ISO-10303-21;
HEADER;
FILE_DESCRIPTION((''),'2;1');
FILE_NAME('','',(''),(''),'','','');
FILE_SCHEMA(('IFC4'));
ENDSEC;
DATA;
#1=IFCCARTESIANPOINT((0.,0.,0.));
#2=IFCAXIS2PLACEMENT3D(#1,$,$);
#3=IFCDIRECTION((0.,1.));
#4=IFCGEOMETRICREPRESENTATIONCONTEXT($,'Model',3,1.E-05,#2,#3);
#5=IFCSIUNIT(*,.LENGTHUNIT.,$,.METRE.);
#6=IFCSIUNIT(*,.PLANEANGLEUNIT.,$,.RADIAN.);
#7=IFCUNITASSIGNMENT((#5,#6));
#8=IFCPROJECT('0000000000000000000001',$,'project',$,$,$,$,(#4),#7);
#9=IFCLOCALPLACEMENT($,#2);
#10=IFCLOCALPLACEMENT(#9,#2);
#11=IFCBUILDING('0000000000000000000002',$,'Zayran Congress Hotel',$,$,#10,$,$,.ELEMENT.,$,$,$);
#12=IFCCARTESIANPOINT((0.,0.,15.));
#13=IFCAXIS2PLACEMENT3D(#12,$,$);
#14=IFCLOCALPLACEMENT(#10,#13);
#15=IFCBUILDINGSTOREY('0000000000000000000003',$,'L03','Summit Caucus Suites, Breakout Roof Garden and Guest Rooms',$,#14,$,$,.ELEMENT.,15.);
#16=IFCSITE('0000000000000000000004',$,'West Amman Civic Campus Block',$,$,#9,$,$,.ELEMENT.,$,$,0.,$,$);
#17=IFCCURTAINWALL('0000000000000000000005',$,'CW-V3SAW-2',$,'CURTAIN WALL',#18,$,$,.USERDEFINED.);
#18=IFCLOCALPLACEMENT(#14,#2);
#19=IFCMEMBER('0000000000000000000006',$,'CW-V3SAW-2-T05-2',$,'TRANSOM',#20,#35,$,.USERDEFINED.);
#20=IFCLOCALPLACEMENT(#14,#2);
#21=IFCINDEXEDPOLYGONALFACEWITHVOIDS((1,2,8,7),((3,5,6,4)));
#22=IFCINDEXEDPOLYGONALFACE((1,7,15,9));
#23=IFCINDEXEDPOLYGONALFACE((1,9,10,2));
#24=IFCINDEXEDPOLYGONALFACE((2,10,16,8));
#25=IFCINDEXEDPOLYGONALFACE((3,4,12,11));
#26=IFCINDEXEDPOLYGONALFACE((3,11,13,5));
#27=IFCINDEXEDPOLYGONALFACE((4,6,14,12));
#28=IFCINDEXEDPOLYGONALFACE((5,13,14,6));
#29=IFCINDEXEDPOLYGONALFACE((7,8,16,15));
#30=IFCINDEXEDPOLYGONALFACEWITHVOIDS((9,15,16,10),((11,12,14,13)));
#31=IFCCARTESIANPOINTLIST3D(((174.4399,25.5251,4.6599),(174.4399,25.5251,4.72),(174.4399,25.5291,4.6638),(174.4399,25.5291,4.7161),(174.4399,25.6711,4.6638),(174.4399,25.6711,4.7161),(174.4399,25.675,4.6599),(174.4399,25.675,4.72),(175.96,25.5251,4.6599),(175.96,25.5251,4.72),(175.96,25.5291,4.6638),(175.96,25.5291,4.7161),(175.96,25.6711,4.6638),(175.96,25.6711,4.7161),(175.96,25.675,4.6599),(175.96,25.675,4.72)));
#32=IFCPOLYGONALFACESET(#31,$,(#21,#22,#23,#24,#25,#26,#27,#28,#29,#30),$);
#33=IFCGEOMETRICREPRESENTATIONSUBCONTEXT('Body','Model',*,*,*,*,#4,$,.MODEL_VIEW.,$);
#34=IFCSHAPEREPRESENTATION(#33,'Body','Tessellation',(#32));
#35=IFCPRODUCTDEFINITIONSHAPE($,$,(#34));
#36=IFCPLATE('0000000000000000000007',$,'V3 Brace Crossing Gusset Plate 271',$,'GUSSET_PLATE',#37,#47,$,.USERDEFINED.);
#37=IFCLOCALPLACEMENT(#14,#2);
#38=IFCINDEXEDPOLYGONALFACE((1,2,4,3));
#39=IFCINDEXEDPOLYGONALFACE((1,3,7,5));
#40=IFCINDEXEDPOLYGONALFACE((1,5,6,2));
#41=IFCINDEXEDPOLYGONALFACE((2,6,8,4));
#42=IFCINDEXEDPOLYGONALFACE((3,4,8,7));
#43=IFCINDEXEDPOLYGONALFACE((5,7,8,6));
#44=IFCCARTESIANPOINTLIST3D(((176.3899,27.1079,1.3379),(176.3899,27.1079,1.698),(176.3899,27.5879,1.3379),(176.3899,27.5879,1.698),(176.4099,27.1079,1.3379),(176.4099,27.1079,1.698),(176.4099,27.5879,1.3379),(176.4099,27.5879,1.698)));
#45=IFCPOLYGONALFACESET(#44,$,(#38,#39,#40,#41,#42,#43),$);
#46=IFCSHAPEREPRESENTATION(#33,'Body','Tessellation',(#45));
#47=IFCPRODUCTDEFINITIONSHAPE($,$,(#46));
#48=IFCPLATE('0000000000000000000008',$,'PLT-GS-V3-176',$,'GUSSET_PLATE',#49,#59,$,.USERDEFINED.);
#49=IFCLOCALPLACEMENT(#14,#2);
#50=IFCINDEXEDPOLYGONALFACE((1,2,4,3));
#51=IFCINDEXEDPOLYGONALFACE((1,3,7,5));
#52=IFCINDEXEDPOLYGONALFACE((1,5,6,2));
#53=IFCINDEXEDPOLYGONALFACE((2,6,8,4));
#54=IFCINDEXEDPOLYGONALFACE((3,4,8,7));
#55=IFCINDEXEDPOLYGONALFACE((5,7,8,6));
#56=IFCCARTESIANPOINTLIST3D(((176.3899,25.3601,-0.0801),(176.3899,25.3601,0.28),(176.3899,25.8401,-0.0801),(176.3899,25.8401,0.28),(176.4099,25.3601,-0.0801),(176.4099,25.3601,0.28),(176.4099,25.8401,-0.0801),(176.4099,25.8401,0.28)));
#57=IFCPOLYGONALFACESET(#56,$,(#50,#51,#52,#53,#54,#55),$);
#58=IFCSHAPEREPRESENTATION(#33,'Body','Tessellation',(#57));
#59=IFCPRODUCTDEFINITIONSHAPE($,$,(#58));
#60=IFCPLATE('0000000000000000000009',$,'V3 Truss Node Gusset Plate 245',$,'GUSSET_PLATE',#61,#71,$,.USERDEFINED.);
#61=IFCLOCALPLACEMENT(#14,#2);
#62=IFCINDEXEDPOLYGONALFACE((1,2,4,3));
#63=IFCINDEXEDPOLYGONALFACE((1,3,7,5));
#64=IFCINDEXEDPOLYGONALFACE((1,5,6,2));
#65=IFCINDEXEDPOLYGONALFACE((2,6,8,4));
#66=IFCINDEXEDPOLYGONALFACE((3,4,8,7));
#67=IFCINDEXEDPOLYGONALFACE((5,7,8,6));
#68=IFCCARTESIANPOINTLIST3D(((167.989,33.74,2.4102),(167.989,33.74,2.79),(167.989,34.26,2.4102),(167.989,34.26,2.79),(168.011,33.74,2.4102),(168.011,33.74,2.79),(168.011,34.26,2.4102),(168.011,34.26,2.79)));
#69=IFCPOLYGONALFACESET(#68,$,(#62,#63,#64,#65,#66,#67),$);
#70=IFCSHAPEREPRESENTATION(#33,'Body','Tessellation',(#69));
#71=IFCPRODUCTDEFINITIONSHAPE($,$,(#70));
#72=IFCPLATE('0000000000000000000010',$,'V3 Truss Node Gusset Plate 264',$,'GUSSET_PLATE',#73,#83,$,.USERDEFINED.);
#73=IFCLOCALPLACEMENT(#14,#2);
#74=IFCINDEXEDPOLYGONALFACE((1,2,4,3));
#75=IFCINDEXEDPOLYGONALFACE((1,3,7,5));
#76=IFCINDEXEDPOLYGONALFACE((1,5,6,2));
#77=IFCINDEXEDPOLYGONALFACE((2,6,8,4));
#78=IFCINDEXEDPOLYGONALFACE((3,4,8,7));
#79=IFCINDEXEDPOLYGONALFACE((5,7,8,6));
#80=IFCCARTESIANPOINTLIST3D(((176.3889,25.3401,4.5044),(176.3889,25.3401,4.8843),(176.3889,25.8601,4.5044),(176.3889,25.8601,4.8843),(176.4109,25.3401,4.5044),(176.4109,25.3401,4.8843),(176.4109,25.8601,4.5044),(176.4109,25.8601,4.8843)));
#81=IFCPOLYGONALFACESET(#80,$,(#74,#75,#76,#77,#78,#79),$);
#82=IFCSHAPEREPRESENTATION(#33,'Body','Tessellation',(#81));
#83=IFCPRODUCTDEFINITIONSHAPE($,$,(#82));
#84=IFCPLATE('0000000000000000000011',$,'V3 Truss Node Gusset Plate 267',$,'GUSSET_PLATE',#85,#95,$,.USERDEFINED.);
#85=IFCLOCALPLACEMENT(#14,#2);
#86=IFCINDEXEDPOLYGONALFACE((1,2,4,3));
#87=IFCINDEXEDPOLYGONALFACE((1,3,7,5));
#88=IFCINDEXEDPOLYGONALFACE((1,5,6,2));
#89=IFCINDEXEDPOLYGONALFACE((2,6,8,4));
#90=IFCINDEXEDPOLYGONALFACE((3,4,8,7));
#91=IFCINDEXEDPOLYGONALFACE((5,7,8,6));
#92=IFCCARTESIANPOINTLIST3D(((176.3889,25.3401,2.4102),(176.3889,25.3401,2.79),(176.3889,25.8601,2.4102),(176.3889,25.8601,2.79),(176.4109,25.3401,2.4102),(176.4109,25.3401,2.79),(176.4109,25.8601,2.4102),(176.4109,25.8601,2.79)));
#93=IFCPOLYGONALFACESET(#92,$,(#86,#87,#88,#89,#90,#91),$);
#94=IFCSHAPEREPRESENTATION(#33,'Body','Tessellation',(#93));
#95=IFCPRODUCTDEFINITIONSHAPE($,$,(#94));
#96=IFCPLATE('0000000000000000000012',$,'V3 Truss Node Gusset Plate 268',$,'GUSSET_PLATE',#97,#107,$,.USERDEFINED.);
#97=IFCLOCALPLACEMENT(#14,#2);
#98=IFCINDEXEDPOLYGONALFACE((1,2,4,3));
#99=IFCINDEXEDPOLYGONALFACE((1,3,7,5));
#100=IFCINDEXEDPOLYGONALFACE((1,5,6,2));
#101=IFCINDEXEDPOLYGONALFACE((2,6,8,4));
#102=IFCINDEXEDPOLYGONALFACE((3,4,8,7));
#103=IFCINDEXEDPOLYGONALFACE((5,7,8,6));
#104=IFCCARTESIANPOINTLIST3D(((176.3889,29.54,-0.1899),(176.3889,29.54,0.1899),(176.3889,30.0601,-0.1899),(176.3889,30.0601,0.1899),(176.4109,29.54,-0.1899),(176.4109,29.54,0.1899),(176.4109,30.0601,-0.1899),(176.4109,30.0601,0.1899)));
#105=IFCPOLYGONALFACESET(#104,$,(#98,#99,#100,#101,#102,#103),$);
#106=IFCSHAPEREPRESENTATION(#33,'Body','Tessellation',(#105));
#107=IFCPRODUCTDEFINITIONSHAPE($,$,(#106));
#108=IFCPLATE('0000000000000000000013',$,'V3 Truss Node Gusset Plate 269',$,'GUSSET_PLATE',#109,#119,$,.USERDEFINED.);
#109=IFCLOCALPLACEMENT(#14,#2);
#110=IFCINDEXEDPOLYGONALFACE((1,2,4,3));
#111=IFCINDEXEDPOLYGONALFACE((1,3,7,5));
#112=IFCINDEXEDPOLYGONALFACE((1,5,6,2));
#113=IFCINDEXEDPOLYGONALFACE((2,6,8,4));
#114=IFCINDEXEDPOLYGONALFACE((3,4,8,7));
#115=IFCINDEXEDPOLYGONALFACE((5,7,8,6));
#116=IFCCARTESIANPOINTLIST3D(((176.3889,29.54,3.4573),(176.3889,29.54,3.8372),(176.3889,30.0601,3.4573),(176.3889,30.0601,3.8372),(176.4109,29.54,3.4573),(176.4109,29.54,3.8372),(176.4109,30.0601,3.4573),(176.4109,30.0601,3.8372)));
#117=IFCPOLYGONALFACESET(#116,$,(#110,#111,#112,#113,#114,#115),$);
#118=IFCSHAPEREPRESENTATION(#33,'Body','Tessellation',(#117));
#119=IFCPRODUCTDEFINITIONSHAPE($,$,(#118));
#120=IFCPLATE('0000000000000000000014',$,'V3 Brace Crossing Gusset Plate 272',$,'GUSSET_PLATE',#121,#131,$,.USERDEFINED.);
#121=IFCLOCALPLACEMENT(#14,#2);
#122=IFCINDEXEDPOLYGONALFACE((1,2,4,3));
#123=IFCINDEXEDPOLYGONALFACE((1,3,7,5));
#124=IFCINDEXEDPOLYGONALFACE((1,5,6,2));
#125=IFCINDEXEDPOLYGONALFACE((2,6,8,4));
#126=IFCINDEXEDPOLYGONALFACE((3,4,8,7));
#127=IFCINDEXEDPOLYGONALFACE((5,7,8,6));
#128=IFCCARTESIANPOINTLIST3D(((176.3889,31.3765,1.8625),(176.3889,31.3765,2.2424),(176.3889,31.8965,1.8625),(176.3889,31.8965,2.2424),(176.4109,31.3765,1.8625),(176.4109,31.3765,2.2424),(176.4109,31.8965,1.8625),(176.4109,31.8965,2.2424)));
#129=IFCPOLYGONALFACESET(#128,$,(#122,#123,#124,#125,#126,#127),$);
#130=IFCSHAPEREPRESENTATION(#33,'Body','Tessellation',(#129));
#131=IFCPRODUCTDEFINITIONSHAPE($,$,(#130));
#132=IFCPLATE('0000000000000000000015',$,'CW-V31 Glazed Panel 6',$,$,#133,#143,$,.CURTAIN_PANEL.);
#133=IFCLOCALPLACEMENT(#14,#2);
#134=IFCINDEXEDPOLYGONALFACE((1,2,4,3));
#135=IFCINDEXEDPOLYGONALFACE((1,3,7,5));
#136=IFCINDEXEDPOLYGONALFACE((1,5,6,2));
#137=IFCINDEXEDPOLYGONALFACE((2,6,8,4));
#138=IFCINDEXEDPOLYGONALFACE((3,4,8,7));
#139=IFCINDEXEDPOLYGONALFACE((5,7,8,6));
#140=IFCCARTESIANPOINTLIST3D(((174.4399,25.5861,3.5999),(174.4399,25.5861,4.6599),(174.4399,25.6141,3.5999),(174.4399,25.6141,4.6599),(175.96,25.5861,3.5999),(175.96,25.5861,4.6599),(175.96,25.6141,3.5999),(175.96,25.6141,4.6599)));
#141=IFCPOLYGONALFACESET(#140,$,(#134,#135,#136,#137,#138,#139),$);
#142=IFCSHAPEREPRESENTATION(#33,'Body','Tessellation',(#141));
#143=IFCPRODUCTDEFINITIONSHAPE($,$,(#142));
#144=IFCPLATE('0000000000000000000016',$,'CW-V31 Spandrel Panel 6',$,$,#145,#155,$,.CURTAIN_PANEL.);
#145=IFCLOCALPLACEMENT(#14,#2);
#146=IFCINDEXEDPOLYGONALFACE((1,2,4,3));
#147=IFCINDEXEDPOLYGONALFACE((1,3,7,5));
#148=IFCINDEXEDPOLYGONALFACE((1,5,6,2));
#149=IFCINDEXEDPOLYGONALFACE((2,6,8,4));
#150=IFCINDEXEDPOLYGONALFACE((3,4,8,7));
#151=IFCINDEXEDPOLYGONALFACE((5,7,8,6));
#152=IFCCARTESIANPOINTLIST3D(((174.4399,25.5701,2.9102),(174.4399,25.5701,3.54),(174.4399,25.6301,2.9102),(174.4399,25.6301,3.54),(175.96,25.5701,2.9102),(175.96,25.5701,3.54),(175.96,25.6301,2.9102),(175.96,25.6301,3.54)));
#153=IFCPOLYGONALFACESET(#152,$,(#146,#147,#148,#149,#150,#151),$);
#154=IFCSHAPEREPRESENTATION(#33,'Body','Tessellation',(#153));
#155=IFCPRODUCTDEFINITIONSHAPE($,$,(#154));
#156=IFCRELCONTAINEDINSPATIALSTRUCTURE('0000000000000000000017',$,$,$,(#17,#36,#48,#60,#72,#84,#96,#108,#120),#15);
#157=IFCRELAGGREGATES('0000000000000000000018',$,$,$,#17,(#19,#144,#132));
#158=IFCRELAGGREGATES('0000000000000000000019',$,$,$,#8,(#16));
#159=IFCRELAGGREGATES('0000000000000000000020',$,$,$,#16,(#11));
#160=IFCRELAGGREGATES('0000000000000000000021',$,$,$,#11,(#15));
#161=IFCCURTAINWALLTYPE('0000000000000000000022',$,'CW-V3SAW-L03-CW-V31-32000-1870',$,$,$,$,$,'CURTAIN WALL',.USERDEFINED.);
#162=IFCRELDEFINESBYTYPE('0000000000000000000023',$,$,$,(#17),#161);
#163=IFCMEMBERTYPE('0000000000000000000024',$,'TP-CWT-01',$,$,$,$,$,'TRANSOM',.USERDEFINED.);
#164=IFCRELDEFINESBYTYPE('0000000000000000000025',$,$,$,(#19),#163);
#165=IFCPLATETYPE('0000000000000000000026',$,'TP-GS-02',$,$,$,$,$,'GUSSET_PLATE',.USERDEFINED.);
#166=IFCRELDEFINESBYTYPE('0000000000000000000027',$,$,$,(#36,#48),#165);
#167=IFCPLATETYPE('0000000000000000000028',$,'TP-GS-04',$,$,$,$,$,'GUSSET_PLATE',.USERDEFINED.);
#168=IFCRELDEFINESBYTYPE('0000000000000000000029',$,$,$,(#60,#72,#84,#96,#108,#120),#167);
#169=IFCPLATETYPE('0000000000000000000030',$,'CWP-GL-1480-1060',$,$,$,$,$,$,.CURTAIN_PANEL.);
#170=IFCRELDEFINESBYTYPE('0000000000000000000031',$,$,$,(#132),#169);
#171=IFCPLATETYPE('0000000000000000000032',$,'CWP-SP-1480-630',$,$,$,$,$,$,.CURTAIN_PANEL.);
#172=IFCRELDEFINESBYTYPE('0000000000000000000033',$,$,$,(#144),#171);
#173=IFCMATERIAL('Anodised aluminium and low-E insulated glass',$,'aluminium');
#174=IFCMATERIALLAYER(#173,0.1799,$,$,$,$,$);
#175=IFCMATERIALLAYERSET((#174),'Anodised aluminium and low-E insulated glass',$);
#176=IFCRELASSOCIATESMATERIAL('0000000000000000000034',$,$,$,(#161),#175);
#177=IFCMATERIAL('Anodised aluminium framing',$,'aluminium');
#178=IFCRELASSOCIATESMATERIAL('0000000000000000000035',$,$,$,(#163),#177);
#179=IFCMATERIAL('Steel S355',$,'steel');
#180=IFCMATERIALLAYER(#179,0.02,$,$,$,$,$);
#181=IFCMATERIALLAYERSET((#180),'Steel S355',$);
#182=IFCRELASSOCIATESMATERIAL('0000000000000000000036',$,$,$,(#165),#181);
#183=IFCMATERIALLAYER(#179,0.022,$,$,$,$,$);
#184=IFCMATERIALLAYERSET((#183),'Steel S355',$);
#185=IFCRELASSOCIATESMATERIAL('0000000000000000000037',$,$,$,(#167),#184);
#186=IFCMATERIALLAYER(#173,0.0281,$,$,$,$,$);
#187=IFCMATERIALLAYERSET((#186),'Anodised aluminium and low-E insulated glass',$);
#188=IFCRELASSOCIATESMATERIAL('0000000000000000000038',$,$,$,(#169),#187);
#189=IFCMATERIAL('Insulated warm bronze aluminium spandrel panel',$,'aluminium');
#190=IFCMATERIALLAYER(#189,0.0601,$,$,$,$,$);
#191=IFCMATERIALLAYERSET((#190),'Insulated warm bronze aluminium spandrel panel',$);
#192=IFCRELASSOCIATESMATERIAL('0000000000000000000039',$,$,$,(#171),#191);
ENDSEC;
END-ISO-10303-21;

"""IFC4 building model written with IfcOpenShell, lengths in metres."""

from ifc_helpers import new_model, si_unit, direction, frame, origin, origin_2d, place, context, subcontext, project, spatial, rectangle, hollow_rectangle, extrude, material, layer, layer_set, material_profile, profile_set, type_object, element, aggregate, save


model = new_model("IFC4")

# Units and contexts
model_context = context("Model", 3, precision=1e-05, world=origin(), true_north=direction((0.0, 1.0)))
body_context = subcontext(model_context, "Body", "Model", "MODEL_VIEW")
ifc_project = project(units=[si_unit("LENGTHUNIT", "METRE"), si_unit("PLANEANGLEUNIT", "RADIAN")], contexts=[model_context])

# Site, building, storey
site_placement = place(None, origin())
site = spatial("IfcSite", under=ifc_project, at=site_placement, Name="West Amman Civic Campus Block", CompositionType="ELEMENT", RefElevation=0.0)
building_placement = place(site_placement, origin())
building = spatial("IfcBuilding", under=site, at=building_placement, Name="Zayran Congress Hotel", CompositionType="ELEMENT")
storey_placement = place(building_placement, frame((0.0, 0.0, 15.0)))
storey = spatial("IfcBuildingStorey", under=building, at=storey_placement, Name="L03", Description="Summit Caucus Suites, Breakout Roof Garden and Guest Rooms", CompositionType="ELEMENT", Elevation=15.0)

# Shared definitions
ifc_material_1 = material(Name="Steel S355", Category="steel")

# Curtain wall, member
ifc_material_2 = material(Name="Anodised aluminium and low-E insulated glass", Category="aluminium")
ifc_layer_1 = layer(ifc_material_2, 0.1799)
ifc_layer_set_1 = layer_set([ifc_layer_1], Name="Anodised aluminium and low-E insulated glass")
curtain_wall_type = type_object("IfcCurtainWallType", Name="CW-V3SAW-L03-CW-V31-32000-1870", ElementType="CURTAIN WALL", PredefinedType="USERDEFINED", material=ifc_layer_set_1)
curtain_wall_placement = place(storey_placement, origin())
curtain_wall = element("IfcCurtainWall", 1, at=curtain_wall_placement, inside=storey, type_object=curtain_wall_type, Name="CW-V3SAW-2", ObjectType="CURTAIN WALL", PredefinedType="USERDEFINED")
ifc_material_3 = material(Name="Anodised aluminium framing", Category="aluminium")
ifc_material_profile_1 = material_profile(ifc_material_3, hollow_rectangle(XDim=0.0601, YDim=0.1499, WallThickness=0.0039, at=origin_2d()), Name="RHS 150x60x4")
ifc_profile_set_1 = profile_set([ifc_material_profile_1], Name="Anodised aluminium framing")
member_type_1 = type_object("IfcMemberType", Name="TP-CWT-01", ElementType="TRANSOM", PredefinedType="USERDEFINED", material=ifc_profile_set_1)
member_1_placement = place(storey_placement, frame((175.96, 25.6001, 4.6899), z_axis=(-1.0, 0.0, 0.0), x_axis=(0.0, 0.0, 1.0)))
member_1 = element("IfcMember", 2, at=member_1_placement, type_object=member_type_1, Name="CW-V3SAW-2-T05-2", ObjectType="TRANSOM", PredefinedType="USERDEFINED", context=body_context, shape_type="SweptSolid", body=[
    extrude(hollow_rectangle(XDim=0.0601, YDim=0.1499, WallThickness=0.0039, at=origin_2d()), origin(), (0.0, 0.0, 1.0), 1.52),
])

# Plates
ifc_layer_2 = layer(ifc_material_1, 0.02)
ifc_layer_set_2 = layer_set([ifc_layer_2], Name="Steel S355")
plate_type_1 = type_object("IfcPlateType", Name="TP-GS-02", ElementType="GUSSET_PLATE", PredefinedType="USERDEFINED", material=ifc_layer_set_2)
for number, where, z_axis, x_axis, name in (
    (3, (176.3999, 27.3479, 1.3379), (0.0, 0.0, 1.0), (0.0, 1.0, 0.0), "V3 Brace Crossing Gusset Plate 271"),
    (4, (176.3999, 25.6001, -0.0801), (0.0, 0.0, 1.0), (0.0, 1.0, 0.0), "PLT-GS-V3-176"),
):
    element("IfcPlate", number, at=place(storey_placement, frame(where, z_axis=z_axis, x_axis=x_axis)), inside=storey, type_object=plate_type_1, Name=name, ObjectType="GUSSET_PLATE", PredefinedType="USERDEFINED", context=body_context, shape_type="SweptSolid", body=[
        extrude(rectangle(XDim=0.48, YDim=0.02, at=origin_2d()), origin(), (0.0, 0.0, 1.0), 0.3601),
    ])
ifc_layer_3 = layer(ifc_material_1, 0.022)
ifc_layer_set_3 = layer_set([ifc_layer_3], Name="Steel S355")
plate_type_2 = type_object("IfcPlateType", Name="TP-GS-04", ElementType="GUSSET_PLATE", PredefinedType="USERDEFINED", material=ifc_layer_set_3)
for number, where, z_axis, x_axis, name in (
    (5, (168.0, 34.0, 2.4102), (0.0, 0.0, 1.0), (0.0, 1.0, 0.0), "V3 Truss Node Gusset Plate 245"),
    (6, (176.3999, 25.6001, 4.5044), (0.0, 0.0, 1.0), (0.0, 1.0, 0.0), "V3 Truss Node Gusset Plate 264"),
    (7, (176.3999, 25.6001, 2.4102), (0.0, 0.0, 1.0), (0.0, 1.0, 0.0), "V3 Truss Node Gusset Plate 267"),
    (8, (176.3999, 29.8, -0.1899), (0.0, 0.0, 1.0), (0.0, 1.0, 0.0), "V3 Truss Node Gusset Plate 268"),
    (9, (176.3999, 29.8, 3.4573), (0.0, 0.0, 1.0), (0.0, 1.0, 0.0), "V3 Truss Node Gusset Plate 269"),
    (10, (176.3999, 31.6365, 1.8625), (0.0, 0.0, 1.0), (0.0, 1.0, 0.0), "V3 Brace Crossing Gusset Plate 272"),
):
    element("IfcPlate", number, at=place(storey_placement, frame(where, z_axis=z_axis, x_axis=x_axis)), inside=storey, type_object=plate_type_2, Name=name, ObjectType="GUSSET_PLATE", PredefinedType="USERDEFINED", context=body_context, shape_type="SweptSolid", body=[
        extrude(rectangle(XDim=0.52, YDim=0.022, at=origin_2d()), origin(), (0.0, 0.0, 1.0), 0.3799),
    ])

# Plates
ifc_layer_4 = layer(ifc_material_2, 0.0281)
ifc_layer_set_4 = layer_set([ifc_layer_4], Name="Anodised aluminium and low-E insulated glass")
plate_type_3 = type_object("IfcPlateType", Name="CWP-GL-1480-1060", PredefinedType="CURTAIN_PANEL", material=ifc_layer_set_4)
plate_1_placement = place(storey_placement, frame((175.2, 25.6001, 3.5999), z_axis=(0.0, 0.0, 1.0), x_axis=(1.0, 0.0, 0.0)))
plate_1 = element("IfcPlate", 11, at=plate_1_placement, type_object=plate_type_3, Name="CW-V31 Glazed Panel 6", PredefinedType="CURTAIN_PANEL", context=body_context, shape_type="SweptSolid", body=[
    extrude(rectangle(XDim=1.52, YDim=0.0281, at=origin_2d()), origin(), (0.0, 0.0, 1.0), 1.0601),
])
ifc_material_4 = material(Name="Insulated warm bronze aluminium spandrel panel", Category="aluminium")
ifc_layer_5 = layer(ifc_material_4, 0.0601)
ifc_layer_set_5 = layer_set([ifc_layer_5], Name="Insulated warm bronze aluminium spandrel panel")
plate_type_4 = type_object("IfcPlateType", Name="CWP-SP-1480-630", PredefinedType="CURTAIN_PANEL", material=ifc_layer_set_5)
plate_2_placement = place(storey_placement, frame((175.2, 25.6001, 2.9102), z_axis=(0.0, 0.0, 1.0), x_axis=(1.0, 0.0, 0.0)))
plate_2 = element("IfcPlate", 12, at=plate_2_placement, type_object=plate_type_4, Name="CW-V31 Spandrel Panel 6", PredefinedType="CURTAIN_PANEL", context=body_context, shape_type="SweptSolid", body=[
    extrude(rectangle(XDim=1.52, YDim=0.0601, at=origin_2d()), origin(), (0.0, 0.0, 1.0), 0.6299),
])
aggregate(curtain_wall, [member_1, plate_2, plate_1])

save(model, "model.ifc")
